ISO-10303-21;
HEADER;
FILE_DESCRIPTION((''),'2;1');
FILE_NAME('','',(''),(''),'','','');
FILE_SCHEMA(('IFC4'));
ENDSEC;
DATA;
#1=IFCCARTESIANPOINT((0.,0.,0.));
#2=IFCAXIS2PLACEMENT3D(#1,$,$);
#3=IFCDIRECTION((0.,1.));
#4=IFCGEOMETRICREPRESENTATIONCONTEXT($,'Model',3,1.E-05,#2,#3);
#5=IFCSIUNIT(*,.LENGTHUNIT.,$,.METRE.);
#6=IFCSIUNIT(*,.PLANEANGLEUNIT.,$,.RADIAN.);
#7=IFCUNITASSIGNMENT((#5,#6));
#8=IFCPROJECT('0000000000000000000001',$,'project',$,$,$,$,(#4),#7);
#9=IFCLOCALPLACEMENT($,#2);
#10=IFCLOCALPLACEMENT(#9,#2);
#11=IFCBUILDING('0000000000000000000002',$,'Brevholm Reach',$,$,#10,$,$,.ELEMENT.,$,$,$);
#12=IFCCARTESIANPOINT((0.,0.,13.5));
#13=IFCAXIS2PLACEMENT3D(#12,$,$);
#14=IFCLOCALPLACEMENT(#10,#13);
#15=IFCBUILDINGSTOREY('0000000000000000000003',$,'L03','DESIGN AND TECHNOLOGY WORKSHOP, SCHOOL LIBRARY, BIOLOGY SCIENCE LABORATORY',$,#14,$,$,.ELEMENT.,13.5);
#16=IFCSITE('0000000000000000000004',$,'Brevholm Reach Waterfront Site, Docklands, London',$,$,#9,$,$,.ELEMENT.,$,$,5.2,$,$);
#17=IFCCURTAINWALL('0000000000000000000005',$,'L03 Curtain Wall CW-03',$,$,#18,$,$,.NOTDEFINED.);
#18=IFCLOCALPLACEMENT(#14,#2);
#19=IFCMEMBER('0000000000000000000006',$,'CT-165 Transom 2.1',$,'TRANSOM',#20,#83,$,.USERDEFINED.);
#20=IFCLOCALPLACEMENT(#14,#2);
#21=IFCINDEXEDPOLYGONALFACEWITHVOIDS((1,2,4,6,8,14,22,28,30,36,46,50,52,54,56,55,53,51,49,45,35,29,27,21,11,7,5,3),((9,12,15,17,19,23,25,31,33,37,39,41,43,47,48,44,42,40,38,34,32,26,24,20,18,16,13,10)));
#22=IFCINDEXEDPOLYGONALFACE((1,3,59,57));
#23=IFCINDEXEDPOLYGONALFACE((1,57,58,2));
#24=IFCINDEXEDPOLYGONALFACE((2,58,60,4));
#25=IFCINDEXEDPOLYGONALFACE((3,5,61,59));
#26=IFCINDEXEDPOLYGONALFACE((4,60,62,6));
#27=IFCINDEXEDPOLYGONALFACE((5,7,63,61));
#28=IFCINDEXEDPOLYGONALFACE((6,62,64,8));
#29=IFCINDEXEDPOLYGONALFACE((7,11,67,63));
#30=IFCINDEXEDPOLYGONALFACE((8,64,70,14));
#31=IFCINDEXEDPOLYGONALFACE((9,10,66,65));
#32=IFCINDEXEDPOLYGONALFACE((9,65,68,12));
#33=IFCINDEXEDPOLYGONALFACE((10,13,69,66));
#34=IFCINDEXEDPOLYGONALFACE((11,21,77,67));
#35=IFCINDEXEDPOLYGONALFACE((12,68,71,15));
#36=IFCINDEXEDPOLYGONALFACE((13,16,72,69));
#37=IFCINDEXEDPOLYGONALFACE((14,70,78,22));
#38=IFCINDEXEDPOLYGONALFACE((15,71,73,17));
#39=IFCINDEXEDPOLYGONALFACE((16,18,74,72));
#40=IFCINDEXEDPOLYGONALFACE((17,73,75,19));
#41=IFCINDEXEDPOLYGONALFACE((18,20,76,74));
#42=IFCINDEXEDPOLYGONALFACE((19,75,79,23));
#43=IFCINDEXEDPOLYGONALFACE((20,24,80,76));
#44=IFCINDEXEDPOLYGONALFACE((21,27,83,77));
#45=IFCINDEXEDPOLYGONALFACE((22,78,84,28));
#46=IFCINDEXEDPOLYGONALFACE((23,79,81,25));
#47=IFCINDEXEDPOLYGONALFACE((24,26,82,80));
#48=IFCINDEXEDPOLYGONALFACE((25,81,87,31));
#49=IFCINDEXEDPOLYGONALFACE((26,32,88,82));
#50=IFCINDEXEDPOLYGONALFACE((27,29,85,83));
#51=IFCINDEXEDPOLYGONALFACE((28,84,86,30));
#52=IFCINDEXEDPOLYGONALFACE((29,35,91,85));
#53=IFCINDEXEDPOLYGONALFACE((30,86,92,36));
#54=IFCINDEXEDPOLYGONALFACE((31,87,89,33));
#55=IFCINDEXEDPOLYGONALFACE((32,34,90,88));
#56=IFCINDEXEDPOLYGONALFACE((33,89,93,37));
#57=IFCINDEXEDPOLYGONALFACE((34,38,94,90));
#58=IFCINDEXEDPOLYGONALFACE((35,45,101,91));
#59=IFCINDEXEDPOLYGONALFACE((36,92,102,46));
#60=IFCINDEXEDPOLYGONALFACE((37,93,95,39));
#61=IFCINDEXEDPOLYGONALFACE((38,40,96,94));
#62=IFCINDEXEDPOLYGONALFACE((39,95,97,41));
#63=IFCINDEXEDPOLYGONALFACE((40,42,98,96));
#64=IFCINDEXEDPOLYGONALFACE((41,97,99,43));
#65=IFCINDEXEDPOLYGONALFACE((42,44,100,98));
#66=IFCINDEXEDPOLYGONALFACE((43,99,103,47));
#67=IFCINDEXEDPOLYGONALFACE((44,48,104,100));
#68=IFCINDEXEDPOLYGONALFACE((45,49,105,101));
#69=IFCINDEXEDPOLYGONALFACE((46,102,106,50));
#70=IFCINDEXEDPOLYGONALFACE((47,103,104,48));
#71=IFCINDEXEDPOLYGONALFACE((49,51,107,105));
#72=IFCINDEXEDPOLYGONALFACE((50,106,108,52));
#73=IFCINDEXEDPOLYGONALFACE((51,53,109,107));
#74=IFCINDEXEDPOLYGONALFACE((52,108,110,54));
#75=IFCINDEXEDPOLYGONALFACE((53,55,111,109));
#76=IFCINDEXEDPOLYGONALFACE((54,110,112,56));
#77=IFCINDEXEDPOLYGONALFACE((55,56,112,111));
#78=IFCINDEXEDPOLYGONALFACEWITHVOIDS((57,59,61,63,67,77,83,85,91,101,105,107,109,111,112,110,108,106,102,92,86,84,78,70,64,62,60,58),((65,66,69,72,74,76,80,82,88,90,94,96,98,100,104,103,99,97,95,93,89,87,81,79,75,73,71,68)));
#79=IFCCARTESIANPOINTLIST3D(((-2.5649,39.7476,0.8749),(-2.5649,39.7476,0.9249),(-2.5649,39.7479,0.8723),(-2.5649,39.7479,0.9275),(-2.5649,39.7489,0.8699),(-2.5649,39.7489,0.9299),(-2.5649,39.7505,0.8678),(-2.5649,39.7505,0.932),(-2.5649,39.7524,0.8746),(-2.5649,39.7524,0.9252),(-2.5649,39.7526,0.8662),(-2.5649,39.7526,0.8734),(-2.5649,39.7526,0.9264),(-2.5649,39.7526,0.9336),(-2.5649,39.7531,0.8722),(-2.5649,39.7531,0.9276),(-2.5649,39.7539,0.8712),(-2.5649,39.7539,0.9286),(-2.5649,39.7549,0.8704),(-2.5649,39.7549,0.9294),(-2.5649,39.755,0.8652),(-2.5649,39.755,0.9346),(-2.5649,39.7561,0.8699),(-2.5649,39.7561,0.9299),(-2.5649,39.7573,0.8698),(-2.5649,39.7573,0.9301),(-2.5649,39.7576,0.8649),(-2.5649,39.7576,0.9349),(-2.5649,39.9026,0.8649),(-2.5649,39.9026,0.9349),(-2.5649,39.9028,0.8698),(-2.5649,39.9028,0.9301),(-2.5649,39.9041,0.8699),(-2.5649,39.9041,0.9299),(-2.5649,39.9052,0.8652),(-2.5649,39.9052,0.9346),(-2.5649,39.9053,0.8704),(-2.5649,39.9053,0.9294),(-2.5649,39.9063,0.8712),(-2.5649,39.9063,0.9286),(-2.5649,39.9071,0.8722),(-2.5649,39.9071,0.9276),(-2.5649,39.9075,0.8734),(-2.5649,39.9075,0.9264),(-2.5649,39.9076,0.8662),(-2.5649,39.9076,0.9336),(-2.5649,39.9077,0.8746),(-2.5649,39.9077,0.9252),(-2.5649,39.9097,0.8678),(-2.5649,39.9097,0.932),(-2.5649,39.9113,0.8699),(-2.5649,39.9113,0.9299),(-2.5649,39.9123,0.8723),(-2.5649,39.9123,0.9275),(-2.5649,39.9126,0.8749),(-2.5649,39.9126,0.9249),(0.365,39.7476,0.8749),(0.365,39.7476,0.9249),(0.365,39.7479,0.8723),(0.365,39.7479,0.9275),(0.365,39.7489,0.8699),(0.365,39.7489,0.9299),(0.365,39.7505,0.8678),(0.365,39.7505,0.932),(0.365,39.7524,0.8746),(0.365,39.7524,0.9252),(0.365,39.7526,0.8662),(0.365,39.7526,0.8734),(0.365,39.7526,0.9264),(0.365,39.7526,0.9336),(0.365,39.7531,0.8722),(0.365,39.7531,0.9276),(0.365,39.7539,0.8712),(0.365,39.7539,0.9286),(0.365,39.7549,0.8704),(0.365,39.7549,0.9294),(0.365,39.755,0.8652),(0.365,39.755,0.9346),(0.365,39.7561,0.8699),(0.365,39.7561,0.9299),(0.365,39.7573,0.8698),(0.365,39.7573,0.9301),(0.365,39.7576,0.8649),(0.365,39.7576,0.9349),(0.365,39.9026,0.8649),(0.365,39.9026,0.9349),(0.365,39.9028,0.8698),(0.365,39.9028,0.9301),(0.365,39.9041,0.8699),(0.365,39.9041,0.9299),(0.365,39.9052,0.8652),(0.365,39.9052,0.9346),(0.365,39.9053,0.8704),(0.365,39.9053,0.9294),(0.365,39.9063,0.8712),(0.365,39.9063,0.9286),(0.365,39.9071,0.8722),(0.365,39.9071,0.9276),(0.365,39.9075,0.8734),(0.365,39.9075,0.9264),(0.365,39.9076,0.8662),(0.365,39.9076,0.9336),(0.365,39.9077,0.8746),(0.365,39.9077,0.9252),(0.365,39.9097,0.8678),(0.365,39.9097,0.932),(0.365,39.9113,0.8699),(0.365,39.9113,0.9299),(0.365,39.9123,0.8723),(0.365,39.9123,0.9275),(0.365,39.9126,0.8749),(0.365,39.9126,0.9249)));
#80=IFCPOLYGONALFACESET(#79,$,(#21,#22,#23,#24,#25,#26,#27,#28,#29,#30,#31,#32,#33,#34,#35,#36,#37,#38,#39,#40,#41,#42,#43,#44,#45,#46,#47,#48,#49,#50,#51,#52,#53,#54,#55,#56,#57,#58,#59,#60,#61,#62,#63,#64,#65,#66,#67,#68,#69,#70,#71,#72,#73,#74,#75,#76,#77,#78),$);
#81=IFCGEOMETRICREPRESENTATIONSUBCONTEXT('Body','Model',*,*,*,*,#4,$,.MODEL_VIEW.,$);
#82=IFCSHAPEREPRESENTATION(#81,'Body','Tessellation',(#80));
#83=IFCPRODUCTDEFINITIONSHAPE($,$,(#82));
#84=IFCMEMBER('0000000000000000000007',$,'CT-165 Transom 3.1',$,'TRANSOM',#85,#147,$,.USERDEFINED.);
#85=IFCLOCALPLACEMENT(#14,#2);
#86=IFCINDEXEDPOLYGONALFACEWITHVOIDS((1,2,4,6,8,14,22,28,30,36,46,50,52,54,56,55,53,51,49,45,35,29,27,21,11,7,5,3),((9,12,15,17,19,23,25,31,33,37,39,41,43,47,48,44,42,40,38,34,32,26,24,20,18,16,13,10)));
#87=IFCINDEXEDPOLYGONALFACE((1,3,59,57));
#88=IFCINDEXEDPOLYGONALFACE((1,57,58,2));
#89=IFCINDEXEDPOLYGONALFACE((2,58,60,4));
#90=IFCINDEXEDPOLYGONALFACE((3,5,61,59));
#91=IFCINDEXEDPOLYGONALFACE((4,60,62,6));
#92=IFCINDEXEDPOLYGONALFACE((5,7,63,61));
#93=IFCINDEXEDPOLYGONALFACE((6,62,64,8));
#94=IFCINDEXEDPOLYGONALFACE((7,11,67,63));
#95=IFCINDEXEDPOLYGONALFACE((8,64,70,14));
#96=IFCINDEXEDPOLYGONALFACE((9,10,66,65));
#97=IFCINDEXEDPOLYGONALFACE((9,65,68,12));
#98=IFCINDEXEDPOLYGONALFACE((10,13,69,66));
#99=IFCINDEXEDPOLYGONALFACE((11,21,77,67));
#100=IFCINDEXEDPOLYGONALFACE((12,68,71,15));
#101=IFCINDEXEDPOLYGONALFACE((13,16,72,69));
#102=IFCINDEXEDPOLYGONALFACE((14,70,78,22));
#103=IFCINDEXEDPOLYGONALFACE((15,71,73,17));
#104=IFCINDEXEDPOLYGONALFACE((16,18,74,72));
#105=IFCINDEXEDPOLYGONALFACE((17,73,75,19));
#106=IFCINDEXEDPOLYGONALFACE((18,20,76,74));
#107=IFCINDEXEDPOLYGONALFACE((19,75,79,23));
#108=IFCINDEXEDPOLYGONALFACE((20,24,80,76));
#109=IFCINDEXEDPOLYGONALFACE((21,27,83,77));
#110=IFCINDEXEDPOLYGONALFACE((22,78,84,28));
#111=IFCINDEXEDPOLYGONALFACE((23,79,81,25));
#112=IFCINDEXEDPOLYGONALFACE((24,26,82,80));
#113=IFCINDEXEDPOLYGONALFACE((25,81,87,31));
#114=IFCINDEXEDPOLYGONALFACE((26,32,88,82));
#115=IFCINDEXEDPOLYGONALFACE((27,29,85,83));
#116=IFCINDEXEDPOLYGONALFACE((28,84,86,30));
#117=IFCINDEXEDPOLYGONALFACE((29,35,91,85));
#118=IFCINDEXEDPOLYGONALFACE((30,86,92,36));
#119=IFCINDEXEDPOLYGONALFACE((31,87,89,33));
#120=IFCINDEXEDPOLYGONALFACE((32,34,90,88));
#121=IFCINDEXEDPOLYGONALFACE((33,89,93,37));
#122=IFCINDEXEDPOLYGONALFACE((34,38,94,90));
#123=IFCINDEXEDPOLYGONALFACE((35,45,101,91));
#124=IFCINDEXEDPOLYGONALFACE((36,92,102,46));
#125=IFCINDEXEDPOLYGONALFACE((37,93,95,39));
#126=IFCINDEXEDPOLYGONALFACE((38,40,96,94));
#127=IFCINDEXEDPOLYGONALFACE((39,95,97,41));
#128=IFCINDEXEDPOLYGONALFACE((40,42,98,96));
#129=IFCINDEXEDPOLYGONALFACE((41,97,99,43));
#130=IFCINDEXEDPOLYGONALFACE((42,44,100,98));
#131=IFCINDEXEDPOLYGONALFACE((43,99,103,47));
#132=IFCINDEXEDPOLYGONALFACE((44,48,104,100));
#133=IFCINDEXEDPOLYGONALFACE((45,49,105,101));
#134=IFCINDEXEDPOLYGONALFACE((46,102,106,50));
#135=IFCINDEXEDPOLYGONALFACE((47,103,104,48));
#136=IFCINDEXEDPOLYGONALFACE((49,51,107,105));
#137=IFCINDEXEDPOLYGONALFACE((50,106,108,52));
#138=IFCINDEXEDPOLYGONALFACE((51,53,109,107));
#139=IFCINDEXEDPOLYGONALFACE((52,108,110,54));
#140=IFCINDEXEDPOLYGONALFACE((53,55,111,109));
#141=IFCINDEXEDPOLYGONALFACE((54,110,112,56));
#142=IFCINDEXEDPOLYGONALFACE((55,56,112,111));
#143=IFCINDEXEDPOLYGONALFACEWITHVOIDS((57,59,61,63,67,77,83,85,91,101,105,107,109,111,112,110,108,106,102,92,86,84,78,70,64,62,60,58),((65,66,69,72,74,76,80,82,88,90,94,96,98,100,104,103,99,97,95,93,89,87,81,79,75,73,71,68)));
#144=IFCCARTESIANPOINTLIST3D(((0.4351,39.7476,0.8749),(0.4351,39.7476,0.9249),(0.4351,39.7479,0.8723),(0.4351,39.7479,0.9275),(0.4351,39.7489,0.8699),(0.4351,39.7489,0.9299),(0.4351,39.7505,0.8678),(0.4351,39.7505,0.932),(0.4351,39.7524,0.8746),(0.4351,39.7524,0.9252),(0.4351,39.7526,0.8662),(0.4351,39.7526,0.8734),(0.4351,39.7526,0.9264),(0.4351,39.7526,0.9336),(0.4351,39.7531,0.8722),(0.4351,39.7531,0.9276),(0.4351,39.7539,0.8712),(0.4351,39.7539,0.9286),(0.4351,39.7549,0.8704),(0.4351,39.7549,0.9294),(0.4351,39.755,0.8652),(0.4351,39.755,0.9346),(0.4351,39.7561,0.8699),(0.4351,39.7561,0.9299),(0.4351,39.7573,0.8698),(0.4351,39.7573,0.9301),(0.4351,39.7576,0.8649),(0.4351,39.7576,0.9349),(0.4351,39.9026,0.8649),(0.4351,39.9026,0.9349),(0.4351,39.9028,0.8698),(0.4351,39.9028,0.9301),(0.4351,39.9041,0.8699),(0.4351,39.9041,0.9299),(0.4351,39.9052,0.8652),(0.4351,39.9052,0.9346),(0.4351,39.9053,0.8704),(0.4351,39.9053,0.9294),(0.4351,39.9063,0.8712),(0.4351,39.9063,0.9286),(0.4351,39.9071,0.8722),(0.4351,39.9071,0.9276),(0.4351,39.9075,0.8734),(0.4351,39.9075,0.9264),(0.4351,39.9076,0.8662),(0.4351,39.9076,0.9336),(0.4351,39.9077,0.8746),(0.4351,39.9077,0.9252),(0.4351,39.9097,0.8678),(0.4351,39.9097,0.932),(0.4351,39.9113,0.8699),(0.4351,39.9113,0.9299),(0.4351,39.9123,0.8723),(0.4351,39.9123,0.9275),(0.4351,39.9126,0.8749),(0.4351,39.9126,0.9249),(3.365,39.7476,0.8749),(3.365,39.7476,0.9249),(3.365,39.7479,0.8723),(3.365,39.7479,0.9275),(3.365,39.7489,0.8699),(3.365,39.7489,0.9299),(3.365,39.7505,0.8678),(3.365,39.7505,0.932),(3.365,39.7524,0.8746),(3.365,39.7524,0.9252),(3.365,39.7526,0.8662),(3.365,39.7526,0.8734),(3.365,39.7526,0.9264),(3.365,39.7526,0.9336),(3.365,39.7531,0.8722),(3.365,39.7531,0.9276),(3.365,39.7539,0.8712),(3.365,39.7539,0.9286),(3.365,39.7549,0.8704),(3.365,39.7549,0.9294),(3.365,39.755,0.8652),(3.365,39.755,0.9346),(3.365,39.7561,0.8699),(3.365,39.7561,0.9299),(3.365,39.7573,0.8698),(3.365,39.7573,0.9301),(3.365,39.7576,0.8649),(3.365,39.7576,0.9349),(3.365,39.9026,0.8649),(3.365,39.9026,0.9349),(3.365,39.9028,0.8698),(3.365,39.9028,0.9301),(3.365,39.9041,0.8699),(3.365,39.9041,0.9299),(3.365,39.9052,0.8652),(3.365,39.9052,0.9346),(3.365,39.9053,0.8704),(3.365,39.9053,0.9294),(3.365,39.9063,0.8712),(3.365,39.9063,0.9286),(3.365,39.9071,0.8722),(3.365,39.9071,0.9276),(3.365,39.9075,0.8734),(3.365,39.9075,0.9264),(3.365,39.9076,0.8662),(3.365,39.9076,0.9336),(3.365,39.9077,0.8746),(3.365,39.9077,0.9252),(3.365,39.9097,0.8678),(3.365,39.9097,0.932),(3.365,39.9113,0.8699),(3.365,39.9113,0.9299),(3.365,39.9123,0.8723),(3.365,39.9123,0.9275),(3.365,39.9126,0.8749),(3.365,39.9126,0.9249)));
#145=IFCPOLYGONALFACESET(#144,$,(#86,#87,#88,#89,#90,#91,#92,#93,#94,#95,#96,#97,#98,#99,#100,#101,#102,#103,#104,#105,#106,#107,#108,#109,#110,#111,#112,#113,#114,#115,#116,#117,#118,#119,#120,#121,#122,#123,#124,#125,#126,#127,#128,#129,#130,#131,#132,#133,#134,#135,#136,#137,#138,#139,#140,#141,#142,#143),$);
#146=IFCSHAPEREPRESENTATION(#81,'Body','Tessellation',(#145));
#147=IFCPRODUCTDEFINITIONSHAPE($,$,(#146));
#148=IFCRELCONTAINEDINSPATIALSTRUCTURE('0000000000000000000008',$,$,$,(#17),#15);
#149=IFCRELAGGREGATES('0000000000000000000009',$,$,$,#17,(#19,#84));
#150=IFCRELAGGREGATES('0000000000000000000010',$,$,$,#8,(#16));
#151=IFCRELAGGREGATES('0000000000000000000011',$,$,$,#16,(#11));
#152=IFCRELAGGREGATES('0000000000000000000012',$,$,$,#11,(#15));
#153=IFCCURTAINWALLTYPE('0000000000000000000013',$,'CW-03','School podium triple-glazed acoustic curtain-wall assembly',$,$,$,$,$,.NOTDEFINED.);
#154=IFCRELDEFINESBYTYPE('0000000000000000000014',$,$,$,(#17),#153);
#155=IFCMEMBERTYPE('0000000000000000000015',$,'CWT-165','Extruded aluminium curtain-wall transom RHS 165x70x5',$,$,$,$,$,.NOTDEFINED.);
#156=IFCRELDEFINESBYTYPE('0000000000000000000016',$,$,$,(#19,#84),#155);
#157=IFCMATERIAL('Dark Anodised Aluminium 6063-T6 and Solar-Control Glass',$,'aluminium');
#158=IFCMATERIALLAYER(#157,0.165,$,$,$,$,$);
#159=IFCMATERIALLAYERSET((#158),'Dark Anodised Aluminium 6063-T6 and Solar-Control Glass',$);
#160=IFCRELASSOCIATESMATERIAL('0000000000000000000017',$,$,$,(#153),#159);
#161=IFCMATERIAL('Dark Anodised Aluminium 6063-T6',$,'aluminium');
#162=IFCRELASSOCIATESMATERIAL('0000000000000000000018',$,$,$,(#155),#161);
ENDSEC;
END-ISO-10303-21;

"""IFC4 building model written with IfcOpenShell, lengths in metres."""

from ifc_helpers import new_model, si_unit, direction, frame, origin, origin_2d, place, context, subcontext, project, spatial, hollow_rectangle, extrude, material, layer, layer_set, material_profile, profile_set, type_object, element, aggregate, save


model = new_model("IFC4")

# Units and contexts
model_context = context("Model", 3, precision=1e-05, world=origin(), true_north=direction((0.0, 1.0)))
body_context = subcontext(model_context, "Body", "Model", "MODEL_VIEW")
ifc_project = project(units=[si_unit("LENGTHUNIT", "METRE"), si_unit("PLANEANGLEUNIT", "RADIAN")], contexts=[model_context])

# Site, building, storey
site_placement = place(None, origin())
site = spatial("IfcSite", under=ifc_project, at=site_placement, Name="Brevholm Reach Waterfront Site, Docklands, London", CompositionType="ELEMENT", RefElevation=5.2)
building_placement = place(site_placement, origin())
building = spatial("IfcBuilding", under=site, at=building_placement, Name="Brevholm Reach", CompositionType="ELEMENT")
storey_placement = place(building_placement, frame((0.0, 0.0, 13.5)))
storey = spatial("IfcBuildingStorey", under=building, at=storey_placement, Name="L03", Description="DESIGN AND TECHNOLOGY WORKSHOP, SCHOOL LIBRARY, BIOLOGY SCIENCE LABORATORY", CompositionType="ELEMENT", Elevation=13.5)

# Curtain wall, members
ifc_material_1 = material(Name="Dark Anodised Aluminium 6063-T6 and Solar-Control Glass", Category="aluminium")
ifc_layer_1 = layer(ifc_material_1, 0.165)
ifc_layer_set_1 = layer_set([ifc_layer_1], Name="Dark Anodised Aluminium 6063-T6 and Solar-Control Glass")
curtain_wall_type = type_object("IfcCurtainWallType", Name="CW-03", Description="School podium triple-glazed acoustic curtain-wall assembly", PredefinedType="NOTDEFINED", material=ifc_layer_set_1)
curtain_wall_placement = place(storey_placement, origin())
curtain_wall = element("IfcCurtainWall", 1, at=curtain_wall_placement, inside=storey, type_object=curtain_wall_type, Name="L03 Curtain Wall CW-03", PredefinedType="NOTDEFINED")
ifc_material_2 = material(Name="Dark Anodised Aluminium 6063-T6", Category="aluminium")
ifc_material_profile_1 = material_profile(ifc_material_2, hollow_rectangle(XDim=0.0701, YDim=0.165, WallThickness=0.0049, InnerFilletRadius=0.0049, OuterFilletRadius=0.01, at=origin_2d()), Name="RHS 165x70x5")
ifc_profile_set_1 = profile_set([ifc_material_profile_1], Name="Dark Anodised Aluminium 6063-T6")
member_type_1 = type_object("IfcMemberType", Name="CWT-165", Description="Extruded aluminium curtain-wall transom RHS 165x70x5", PredefinedType="NOTDEFINED", material=ifc_profile_set_1)
member_1_placement = place(storey_placement, frame((-2.5649, 39.8301, 0.8999), z_axis=(1.0, 0.0, 0.0), x_axis=(0.0, 0.0, 1.0)))
member_1 = element("IfcMember", 2, at=member_1_placement, type_object=member_type_1, Name="CT-165 Transom 2.1", ObjectType="TRANSOM", PredefinedType="USERDEFINED", context=body_context, shape_type="SweptSolid", body=[
    extrude(hollow_rectangle(XDim=0.0701, YDim=0.165, WallThickness=0.0049, InnerFilletRadius=0.0049, OuterFilletRadius=0.01, at=origin_2d()), origin(), (0.0, 0.0, 1.0), 2.9299),
])
member_2_placement = place(storey_placement, frame((0.4351, 39.8301, 0.8999), z_axis=(1.0, 0.0, 0.0), x_axis=(0.0, 0.0, 1.0)))
member_2 = element("IfcMember", 3, at=member_2_placement, type_object=member_type_1, Name="CT-165 Transom 3.1", ObjectType="TRANSOM", PredefinedType="USERDEFINED", context=body_context, shape_type="SweptSolid", body=[
    extrude(hollow_rectangle(XDim=0.0701, YDim=0.165, WallThickness=0.0049, InnerFilletRadius=0.0049, OuterFilletRadius=0.01, at=origin_2d()), origin(), (0.0, 0.0, 1.0), 2.9299),
])
aggregate(curtain_wall, [member_1, member_2])

save(model, "model.ifc")
